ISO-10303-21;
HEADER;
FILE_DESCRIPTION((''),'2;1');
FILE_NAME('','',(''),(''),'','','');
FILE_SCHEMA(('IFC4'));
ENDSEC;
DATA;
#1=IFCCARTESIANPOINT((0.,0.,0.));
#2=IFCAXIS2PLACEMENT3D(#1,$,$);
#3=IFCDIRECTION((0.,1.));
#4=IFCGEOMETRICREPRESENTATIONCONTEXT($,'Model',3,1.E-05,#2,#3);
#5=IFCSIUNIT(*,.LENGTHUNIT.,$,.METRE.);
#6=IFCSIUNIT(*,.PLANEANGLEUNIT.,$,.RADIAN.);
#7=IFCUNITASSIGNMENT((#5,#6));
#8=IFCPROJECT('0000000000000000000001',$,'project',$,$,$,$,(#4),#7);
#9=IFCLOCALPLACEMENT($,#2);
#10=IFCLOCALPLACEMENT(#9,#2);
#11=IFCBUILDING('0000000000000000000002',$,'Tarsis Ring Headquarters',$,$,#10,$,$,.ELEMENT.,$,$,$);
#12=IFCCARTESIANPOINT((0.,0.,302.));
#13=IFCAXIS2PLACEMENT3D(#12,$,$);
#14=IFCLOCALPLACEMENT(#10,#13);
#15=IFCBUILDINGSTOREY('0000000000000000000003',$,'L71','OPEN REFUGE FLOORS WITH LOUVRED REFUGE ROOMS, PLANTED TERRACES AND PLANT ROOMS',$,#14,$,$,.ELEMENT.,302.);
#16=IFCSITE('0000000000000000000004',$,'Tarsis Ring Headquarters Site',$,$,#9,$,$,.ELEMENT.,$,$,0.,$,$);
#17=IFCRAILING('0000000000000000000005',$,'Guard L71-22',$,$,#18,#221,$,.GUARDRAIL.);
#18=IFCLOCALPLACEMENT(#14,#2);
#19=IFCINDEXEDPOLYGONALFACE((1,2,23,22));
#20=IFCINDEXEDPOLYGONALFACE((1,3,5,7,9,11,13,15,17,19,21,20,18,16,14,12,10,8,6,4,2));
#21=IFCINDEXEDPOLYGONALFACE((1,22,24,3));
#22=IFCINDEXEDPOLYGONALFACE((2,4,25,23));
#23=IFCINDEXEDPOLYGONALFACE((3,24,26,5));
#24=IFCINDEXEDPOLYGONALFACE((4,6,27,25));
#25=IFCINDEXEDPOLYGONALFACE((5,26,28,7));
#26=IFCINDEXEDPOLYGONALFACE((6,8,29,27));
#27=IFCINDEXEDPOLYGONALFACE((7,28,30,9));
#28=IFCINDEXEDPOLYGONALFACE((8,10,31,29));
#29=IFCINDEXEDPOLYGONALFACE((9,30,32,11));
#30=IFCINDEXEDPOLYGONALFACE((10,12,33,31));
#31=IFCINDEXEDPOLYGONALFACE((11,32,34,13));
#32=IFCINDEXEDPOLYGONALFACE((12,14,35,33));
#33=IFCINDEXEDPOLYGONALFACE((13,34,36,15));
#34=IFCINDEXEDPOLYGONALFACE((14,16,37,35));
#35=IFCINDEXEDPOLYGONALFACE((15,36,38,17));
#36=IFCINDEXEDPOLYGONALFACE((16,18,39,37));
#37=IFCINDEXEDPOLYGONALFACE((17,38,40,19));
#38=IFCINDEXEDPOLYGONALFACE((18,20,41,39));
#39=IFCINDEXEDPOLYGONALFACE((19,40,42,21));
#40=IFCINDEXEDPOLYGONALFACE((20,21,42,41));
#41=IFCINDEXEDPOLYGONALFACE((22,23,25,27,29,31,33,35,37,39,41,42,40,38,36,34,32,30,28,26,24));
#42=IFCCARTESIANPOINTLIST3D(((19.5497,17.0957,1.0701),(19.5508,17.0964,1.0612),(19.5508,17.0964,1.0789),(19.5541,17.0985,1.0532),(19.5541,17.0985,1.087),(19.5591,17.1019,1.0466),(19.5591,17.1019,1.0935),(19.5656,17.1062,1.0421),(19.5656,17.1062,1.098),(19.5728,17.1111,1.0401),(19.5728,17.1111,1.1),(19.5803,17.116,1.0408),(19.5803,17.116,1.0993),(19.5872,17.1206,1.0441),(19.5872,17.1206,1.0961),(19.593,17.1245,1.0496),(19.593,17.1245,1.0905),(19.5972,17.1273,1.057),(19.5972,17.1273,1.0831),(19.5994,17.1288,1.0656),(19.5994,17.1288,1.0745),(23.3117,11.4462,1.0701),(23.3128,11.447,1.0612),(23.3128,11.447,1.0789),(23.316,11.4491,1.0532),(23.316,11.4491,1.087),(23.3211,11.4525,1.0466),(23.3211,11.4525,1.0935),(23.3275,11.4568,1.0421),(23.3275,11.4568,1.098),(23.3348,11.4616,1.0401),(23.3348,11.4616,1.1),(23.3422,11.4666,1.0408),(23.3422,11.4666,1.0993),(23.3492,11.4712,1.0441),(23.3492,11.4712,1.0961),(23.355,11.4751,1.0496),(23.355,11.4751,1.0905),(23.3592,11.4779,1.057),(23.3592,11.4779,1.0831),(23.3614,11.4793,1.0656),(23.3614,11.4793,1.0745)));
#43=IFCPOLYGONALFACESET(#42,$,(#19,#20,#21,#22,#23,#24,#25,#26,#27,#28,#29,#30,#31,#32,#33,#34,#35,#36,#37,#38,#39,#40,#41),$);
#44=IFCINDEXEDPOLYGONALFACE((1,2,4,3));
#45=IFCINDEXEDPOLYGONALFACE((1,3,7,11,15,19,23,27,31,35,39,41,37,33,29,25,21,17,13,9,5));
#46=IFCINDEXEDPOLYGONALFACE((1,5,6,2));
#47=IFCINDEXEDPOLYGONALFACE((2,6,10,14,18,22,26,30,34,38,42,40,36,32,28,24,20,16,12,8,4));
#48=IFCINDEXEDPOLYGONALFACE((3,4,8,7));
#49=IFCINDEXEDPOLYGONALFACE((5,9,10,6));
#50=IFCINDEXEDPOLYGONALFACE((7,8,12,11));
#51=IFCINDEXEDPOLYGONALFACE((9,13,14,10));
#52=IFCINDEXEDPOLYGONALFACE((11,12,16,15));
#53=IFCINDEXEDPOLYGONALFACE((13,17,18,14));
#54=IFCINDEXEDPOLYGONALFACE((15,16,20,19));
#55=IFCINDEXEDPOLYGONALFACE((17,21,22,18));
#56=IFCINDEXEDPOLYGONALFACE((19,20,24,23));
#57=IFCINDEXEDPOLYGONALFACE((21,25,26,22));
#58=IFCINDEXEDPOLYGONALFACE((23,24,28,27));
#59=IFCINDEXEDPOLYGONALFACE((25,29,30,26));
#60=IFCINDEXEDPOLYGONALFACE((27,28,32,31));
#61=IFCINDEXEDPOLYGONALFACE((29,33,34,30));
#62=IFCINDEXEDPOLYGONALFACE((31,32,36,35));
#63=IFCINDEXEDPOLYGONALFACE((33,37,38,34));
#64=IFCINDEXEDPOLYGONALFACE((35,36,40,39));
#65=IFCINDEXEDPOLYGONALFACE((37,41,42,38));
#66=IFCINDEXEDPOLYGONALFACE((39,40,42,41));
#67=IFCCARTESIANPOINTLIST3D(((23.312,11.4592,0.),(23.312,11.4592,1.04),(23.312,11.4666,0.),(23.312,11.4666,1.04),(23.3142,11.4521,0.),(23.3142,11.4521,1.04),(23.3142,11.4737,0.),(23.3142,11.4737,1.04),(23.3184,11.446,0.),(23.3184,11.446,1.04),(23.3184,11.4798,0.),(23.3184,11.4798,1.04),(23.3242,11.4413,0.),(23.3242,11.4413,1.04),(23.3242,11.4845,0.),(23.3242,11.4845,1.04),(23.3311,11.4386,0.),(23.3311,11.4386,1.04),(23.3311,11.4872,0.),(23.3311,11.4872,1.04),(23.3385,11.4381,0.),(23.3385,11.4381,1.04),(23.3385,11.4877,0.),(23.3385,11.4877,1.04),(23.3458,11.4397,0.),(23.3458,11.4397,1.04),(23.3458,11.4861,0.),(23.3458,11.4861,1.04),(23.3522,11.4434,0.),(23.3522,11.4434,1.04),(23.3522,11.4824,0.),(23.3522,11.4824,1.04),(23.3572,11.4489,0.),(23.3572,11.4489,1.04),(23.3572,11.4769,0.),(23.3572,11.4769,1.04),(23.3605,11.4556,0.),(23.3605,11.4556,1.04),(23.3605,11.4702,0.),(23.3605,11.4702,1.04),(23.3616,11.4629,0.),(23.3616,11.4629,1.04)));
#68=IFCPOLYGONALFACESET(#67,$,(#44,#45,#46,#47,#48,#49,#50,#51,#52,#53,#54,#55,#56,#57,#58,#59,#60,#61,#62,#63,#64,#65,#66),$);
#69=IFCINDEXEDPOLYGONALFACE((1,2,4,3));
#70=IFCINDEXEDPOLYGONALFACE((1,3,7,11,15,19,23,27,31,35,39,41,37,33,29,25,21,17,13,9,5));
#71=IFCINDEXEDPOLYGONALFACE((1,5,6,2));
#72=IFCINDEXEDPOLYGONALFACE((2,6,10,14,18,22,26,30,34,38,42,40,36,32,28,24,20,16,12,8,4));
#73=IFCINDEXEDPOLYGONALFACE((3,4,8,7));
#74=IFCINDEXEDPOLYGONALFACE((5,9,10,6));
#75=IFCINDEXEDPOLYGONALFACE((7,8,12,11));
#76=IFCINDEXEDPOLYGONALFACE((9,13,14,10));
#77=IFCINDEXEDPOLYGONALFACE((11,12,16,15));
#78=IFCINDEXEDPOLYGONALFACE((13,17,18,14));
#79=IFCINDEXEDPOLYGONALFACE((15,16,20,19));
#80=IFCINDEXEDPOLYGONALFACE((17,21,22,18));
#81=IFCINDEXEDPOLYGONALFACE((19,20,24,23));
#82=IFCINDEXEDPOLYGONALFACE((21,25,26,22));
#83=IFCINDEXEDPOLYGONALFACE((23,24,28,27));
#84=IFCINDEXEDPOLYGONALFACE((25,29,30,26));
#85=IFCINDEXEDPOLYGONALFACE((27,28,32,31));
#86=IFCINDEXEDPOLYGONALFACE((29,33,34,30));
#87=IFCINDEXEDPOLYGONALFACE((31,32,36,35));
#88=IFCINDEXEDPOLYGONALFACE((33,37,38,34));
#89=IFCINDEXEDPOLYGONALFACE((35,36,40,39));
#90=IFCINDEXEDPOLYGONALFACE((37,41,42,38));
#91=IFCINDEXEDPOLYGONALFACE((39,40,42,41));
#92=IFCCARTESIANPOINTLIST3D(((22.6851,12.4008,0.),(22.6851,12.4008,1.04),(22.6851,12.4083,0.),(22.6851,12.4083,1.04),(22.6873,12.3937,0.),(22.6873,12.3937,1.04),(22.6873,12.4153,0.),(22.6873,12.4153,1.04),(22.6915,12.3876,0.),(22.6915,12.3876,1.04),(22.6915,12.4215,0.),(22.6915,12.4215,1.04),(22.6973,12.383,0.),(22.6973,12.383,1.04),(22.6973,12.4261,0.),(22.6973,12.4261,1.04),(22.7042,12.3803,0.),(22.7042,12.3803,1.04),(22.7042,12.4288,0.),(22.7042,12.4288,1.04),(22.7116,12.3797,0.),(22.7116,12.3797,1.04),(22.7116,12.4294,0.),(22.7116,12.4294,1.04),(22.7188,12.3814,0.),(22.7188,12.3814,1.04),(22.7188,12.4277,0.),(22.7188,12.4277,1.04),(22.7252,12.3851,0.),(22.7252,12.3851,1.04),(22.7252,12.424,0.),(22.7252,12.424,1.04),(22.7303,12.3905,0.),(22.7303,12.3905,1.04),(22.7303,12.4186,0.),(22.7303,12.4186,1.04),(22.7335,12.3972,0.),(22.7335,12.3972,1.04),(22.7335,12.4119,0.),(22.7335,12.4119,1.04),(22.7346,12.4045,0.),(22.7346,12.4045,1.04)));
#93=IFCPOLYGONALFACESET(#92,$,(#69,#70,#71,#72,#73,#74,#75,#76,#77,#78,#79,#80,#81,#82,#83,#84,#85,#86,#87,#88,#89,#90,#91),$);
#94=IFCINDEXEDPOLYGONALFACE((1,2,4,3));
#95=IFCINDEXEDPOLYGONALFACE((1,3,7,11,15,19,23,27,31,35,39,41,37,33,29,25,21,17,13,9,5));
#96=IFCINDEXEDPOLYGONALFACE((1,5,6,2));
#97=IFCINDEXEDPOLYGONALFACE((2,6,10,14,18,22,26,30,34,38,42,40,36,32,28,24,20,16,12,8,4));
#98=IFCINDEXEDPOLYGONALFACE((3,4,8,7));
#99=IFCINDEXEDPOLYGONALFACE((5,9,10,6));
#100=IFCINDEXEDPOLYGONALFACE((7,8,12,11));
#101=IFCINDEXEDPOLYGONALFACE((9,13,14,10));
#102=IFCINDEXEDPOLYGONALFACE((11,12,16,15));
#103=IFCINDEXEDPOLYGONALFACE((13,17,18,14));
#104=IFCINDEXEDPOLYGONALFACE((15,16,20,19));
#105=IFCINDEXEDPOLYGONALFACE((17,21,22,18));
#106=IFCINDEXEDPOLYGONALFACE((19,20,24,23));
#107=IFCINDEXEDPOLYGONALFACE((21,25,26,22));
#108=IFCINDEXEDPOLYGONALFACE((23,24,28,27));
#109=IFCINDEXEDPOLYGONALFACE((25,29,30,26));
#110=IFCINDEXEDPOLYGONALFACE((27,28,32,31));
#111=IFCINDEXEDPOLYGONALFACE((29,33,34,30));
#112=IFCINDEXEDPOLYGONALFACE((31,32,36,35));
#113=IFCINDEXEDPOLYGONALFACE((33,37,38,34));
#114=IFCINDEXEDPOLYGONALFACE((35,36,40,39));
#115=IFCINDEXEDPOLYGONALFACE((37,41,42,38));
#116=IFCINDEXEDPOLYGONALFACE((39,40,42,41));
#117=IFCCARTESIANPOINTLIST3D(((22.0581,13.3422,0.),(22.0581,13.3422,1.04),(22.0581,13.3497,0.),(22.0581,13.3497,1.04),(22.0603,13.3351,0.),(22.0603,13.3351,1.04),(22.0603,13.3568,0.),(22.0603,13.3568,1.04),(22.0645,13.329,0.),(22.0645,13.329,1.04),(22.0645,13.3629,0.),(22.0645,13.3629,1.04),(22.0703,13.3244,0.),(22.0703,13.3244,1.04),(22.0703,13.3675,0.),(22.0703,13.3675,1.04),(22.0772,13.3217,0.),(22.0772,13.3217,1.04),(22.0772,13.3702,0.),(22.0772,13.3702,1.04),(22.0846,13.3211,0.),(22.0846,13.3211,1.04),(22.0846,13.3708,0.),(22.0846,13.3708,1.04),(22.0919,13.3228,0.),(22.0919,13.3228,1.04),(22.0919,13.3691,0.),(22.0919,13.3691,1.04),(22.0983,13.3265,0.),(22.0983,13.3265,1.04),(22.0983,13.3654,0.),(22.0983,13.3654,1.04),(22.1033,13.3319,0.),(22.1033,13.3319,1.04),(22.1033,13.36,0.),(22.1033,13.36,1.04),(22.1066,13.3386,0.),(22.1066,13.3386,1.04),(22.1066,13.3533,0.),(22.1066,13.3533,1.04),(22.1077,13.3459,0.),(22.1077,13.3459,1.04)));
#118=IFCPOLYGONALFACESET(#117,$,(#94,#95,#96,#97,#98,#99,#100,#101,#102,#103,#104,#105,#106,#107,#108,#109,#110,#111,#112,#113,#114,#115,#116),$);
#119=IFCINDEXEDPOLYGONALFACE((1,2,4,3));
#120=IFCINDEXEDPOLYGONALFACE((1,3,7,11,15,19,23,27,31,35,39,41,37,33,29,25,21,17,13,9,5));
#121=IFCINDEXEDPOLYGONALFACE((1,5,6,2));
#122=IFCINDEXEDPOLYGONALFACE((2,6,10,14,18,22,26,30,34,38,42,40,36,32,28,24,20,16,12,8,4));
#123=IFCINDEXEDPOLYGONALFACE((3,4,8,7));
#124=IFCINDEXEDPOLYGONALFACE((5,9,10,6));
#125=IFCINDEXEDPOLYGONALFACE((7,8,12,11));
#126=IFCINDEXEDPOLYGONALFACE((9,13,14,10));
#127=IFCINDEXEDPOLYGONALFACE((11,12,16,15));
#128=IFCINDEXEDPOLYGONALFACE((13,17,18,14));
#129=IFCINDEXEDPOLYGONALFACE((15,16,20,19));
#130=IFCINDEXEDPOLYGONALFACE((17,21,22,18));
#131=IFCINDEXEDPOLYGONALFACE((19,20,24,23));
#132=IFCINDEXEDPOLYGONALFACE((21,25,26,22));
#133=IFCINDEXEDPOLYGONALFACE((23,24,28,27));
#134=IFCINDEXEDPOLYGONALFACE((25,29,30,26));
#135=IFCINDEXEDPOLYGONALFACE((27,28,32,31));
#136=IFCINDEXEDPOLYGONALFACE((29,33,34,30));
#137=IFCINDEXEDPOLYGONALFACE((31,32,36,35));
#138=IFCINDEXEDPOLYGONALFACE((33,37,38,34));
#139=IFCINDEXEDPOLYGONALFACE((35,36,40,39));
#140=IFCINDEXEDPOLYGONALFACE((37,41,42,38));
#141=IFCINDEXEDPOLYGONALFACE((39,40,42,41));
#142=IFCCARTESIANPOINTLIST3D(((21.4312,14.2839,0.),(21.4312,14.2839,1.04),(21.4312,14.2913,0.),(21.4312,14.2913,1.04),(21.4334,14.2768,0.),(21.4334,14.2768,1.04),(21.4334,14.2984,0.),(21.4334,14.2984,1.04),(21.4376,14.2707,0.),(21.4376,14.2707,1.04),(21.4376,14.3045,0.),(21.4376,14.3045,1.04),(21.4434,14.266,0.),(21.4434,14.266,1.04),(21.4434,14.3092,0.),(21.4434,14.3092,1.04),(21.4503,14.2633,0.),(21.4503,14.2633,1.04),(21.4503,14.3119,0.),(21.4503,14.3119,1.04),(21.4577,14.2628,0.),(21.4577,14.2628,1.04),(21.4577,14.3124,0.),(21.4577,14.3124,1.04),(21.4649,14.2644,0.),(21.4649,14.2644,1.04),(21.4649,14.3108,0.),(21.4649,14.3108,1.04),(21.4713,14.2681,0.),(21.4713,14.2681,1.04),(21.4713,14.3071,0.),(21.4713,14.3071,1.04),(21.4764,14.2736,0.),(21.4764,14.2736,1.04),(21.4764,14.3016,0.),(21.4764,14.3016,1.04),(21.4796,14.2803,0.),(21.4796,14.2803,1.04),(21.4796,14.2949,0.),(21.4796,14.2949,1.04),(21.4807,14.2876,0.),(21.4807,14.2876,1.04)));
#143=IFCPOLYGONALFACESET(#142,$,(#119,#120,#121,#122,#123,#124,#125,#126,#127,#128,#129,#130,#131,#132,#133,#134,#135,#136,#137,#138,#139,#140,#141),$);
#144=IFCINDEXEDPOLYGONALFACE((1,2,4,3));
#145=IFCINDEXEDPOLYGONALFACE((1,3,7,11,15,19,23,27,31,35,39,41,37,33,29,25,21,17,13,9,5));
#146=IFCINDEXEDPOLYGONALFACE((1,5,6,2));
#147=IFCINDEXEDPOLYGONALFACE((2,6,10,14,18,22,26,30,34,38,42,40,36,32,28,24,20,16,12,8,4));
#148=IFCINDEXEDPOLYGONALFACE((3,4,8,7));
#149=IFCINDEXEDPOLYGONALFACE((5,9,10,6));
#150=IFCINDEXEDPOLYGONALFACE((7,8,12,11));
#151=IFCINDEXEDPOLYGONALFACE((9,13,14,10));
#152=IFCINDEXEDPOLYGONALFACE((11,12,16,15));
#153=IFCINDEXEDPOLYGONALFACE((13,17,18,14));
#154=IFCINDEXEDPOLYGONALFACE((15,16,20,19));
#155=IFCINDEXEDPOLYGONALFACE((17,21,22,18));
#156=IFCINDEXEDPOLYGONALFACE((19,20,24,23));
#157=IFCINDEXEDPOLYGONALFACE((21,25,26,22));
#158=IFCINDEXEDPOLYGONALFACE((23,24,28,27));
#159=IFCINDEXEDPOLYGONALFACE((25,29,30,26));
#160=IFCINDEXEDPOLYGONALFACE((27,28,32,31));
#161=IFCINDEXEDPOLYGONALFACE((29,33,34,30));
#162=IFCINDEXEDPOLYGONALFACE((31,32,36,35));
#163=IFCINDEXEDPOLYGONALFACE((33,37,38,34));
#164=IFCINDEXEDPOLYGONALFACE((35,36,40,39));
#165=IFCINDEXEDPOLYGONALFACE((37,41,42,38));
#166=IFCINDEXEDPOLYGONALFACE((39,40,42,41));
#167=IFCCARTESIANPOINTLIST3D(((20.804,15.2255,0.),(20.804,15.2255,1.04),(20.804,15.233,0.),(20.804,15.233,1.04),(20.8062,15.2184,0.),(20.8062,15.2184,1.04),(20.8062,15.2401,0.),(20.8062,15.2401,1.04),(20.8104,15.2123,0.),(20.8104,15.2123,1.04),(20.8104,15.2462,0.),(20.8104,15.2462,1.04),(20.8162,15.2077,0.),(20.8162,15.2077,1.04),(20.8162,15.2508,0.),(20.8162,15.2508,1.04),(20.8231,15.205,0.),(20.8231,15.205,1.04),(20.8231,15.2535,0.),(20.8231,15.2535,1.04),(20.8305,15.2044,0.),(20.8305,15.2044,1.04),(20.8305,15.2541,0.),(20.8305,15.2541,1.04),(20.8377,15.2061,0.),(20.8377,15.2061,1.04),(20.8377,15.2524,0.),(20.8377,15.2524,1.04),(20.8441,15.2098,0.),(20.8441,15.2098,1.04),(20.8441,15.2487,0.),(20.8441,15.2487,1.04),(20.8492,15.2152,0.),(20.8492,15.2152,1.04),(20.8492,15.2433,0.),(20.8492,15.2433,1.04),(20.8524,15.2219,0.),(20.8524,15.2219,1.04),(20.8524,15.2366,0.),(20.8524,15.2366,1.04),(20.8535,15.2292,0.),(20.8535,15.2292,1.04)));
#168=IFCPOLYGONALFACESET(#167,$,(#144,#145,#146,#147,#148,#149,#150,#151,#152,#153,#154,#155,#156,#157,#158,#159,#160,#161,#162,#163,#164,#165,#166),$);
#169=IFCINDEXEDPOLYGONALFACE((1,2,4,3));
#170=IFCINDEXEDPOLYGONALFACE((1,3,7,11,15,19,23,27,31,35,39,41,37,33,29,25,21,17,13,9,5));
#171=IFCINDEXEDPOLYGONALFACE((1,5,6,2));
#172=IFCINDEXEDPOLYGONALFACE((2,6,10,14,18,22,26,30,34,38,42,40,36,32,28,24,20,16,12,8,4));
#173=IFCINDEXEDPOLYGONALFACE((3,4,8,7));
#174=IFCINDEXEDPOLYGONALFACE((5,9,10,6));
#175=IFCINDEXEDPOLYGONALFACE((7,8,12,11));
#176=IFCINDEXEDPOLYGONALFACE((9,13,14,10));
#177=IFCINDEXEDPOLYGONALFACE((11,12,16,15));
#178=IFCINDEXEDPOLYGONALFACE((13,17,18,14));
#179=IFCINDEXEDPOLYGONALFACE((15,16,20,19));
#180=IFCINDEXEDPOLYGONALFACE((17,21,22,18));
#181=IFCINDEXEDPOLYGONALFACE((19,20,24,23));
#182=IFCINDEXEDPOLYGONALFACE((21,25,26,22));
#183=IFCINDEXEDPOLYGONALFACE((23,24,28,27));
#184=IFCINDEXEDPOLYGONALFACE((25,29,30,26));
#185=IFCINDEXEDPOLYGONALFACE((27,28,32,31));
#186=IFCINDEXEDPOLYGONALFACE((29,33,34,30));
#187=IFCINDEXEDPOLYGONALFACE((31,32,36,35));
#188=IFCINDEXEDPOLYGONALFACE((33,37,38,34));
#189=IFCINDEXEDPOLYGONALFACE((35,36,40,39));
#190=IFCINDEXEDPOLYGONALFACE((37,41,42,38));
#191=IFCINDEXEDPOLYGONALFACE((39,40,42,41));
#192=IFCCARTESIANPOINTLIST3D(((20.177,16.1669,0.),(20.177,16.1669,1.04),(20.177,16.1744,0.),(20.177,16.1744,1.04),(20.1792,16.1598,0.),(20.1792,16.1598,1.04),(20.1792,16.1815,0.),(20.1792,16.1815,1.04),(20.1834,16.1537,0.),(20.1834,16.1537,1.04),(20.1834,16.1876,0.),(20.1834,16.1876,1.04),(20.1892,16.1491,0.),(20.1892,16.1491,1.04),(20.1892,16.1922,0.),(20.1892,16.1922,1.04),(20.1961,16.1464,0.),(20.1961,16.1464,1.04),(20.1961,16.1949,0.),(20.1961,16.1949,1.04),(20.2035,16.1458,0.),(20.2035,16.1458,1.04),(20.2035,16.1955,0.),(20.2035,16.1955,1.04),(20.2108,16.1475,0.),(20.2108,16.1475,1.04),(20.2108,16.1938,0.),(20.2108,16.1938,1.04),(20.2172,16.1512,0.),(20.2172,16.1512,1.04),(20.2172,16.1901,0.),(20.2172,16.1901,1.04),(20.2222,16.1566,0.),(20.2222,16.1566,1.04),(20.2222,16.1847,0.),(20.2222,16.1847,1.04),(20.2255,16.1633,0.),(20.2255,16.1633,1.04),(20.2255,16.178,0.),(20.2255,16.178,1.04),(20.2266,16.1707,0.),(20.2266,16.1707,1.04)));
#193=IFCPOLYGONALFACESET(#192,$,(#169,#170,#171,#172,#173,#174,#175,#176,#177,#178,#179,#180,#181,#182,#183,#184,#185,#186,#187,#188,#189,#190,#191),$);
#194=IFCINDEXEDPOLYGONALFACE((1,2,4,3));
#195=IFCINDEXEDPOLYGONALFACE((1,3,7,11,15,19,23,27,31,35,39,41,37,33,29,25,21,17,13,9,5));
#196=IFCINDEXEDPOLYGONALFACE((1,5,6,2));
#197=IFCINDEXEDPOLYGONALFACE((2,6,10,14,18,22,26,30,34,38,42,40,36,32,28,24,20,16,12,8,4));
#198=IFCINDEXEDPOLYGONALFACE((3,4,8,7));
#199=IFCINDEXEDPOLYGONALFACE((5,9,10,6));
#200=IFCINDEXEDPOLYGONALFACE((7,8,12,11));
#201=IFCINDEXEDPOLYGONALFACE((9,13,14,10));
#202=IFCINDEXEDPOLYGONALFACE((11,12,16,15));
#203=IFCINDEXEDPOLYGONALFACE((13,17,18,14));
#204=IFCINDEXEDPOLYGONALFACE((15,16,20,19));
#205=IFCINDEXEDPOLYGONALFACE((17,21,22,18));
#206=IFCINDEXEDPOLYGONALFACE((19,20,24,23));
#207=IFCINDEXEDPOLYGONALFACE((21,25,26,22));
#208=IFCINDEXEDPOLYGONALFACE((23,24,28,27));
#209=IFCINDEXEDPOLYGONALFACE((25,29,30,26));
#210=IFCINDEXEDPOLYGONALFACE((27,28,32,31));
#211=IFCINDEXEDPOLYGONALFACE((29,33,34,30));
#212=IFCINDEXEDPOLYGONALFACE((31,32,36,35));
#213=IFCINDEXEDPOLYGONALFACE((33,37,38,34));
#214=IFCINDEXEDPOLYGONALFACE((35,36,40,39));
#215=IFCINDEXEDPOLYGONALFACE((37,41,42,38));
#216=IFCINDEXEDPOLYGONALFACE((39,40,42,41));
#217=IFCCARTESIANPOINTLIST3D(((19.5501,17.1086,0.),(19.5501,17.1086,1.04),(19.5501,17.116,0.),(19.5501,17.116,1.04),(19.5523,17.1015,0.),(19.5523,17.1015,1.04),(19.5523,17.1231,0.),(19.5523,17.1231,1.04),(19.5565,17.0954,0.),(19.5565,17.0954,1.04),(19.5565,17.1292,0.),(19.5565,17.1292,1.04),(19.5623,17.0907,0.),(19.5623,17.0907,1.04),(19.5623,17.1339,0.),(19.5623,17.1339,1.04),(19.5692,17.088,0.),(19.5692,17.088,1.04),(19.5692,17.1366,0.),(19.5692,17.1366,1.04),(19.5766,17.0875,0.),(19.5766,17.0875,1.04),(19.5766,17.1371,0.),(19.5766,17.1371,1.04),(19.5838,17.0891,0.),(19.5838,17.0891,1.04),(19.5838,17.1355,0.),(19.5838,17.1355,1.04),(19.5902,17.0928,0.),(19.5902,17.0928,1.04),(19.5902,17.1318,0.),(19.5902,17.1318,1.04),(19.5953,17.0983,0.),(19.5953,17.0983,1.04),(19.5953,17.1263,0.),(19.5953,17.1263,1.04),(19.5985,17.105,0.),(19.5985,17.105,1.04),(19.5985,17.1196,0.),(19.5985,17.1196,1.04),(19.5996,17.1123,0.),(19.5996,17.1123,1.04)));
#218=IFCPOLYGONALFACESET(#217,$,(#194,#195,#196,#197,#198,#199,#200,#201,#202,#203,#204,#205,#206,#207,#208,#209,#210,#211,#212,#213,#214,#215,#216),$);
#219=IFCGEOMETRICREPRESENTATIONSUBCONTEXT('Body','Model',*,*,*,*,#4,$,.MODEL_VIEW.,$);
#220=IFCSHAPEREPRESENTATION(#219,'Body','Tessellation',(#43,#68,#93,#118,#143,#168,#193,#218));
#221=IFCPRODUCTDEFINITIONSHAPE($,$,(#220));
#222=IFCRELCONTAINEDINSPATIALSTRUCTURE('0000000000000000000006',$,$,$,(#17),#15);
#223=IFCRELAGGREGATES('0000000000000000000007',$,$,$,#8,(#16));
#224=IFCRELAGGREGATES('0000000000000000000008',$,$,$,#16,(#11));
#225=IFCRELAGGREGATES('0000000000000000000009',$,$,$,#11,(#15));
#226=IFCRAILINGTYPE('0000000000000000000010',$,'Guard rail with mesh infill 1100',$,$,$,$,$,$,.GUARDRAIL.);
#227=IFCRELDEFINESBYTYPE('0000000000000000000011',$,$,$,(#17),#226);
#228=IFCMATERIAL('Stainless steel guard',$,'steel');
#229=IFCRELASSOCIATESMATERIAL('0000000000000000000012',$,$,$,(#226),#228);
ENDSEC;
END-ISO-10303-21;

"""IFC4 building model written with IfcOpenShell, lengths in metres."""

from ifc_helpers import new_model, si_unit, direction, frame, origin, origin_2d, place, context, subcontext, project, spatial, circle, extrude, material, type_object, element, save


model = new_model("IFC4")

# Units and contexts
model_context = context("Model", 3, precision=1e-05, world=origin(), true_north=direction((0.0, 1.0)))
body_context = subcontext(model_context, "Body", "Model", "MODEL_VIEW")
ifc_project = project(units=[si_unit("LENGTHUNIT", "METRE"), si_unit("PLANEANGLEUNIT", "RADIAN")], contexts=[model_context])

# Site, building, storey
site_placement = place(None, origin())
site = spatial("IfcSite", under=ifc_project, at=site_placement, Name="Tarsis Ring Headquarters Site", CompositionType="ELEMENT", RefElevation=0.0)
building_placement = place(site_placement, origin())
building = spatial("IfcBuilding", under=site, at=building_placement, Name="Tarsis Ring Headquarters", CompositionType="ELEMENT")
storey_placement = place(building_placement, frame((0.0, 0.0, 302.0)))
storey = spatial("IfcBuildingStorey", under=building, at=storey_placement, Name="L71", Description="OPEN REFUGE FLOORS WITH LOUVRED REFUGE ROOMS, PLANTED TERRACES AND PLANT ROOMS", CompositionType="ELEMENT", Elevation=302.0)

# Railing
ifc_material_1 = material(Name="Stainless steel guard", Category="steel")
railing_type = type_object("IfcRailingType", Name="Guard rail with mesh infill 1100", PredefinedType="GUARDRAIL", material=ifc_material_1)
railing_1_placement = place(storey_placement, frame((23.3367, 11.4629, 0.0)))
element("IfcRailing", 1, at=railing_1_placement, inside=storey, type_object=railing_type, Name="Guard L71-22", PredefinedType="GUARDRAIL", context=body_context, shape_type="SweptSolid", body=[
    extrude(circle(Radius=0.03, at=origin_2d()), frame((0.0, 0.0, 1.0701), z_axis=(-0.55426, 0.832343, 0.0), x_axis=(-0.832343, -0.55426, 0.0)), (0.0, 0.0, 1.0), 6.7874),
    extrude(circle(Radius=0.0249, at=origin_2d()), origin(), (0.0, 0.0, 1.0), 1.04),
    extrude(circle(Radius=0.0249, at=origin_2d()), frame((-0.627, 0.9417, 0.0)), (0.0, 0.0, 1.0), 1.04),
    extrude(circle(Radius=0.0249, at=origin_2d()), frame((-1.2539, 1.8831, 0.0)), (0.0, 0.0, 1.0), 1.04),
    extrude(circle(Radius=0.0249, at=origin_2d()), frame((-1.8809, 2.8247, 0.0)), (0.0, 0.0, 1.0), 1.04),
    extrude(circle(Radius=0.0249, at=origin_2d()), frame((-2.5081, 3.7664, 0.0)), (0.0, 0.0, 1.0), 1.04),
    extrude(circle(Radius=0.0249, at=origin_2d()), frame((-3.135, 4.7078, 0.0)), (0.0, 0.0, 1.0), 1.04),
    extrude(circle(Radius=0.0249, at=origin_2d()), frame((-3.762, 5.6494, 0.0)), (0.0, 0.0, 1.0), 1.04),
])

save(model, "model.ifc")
